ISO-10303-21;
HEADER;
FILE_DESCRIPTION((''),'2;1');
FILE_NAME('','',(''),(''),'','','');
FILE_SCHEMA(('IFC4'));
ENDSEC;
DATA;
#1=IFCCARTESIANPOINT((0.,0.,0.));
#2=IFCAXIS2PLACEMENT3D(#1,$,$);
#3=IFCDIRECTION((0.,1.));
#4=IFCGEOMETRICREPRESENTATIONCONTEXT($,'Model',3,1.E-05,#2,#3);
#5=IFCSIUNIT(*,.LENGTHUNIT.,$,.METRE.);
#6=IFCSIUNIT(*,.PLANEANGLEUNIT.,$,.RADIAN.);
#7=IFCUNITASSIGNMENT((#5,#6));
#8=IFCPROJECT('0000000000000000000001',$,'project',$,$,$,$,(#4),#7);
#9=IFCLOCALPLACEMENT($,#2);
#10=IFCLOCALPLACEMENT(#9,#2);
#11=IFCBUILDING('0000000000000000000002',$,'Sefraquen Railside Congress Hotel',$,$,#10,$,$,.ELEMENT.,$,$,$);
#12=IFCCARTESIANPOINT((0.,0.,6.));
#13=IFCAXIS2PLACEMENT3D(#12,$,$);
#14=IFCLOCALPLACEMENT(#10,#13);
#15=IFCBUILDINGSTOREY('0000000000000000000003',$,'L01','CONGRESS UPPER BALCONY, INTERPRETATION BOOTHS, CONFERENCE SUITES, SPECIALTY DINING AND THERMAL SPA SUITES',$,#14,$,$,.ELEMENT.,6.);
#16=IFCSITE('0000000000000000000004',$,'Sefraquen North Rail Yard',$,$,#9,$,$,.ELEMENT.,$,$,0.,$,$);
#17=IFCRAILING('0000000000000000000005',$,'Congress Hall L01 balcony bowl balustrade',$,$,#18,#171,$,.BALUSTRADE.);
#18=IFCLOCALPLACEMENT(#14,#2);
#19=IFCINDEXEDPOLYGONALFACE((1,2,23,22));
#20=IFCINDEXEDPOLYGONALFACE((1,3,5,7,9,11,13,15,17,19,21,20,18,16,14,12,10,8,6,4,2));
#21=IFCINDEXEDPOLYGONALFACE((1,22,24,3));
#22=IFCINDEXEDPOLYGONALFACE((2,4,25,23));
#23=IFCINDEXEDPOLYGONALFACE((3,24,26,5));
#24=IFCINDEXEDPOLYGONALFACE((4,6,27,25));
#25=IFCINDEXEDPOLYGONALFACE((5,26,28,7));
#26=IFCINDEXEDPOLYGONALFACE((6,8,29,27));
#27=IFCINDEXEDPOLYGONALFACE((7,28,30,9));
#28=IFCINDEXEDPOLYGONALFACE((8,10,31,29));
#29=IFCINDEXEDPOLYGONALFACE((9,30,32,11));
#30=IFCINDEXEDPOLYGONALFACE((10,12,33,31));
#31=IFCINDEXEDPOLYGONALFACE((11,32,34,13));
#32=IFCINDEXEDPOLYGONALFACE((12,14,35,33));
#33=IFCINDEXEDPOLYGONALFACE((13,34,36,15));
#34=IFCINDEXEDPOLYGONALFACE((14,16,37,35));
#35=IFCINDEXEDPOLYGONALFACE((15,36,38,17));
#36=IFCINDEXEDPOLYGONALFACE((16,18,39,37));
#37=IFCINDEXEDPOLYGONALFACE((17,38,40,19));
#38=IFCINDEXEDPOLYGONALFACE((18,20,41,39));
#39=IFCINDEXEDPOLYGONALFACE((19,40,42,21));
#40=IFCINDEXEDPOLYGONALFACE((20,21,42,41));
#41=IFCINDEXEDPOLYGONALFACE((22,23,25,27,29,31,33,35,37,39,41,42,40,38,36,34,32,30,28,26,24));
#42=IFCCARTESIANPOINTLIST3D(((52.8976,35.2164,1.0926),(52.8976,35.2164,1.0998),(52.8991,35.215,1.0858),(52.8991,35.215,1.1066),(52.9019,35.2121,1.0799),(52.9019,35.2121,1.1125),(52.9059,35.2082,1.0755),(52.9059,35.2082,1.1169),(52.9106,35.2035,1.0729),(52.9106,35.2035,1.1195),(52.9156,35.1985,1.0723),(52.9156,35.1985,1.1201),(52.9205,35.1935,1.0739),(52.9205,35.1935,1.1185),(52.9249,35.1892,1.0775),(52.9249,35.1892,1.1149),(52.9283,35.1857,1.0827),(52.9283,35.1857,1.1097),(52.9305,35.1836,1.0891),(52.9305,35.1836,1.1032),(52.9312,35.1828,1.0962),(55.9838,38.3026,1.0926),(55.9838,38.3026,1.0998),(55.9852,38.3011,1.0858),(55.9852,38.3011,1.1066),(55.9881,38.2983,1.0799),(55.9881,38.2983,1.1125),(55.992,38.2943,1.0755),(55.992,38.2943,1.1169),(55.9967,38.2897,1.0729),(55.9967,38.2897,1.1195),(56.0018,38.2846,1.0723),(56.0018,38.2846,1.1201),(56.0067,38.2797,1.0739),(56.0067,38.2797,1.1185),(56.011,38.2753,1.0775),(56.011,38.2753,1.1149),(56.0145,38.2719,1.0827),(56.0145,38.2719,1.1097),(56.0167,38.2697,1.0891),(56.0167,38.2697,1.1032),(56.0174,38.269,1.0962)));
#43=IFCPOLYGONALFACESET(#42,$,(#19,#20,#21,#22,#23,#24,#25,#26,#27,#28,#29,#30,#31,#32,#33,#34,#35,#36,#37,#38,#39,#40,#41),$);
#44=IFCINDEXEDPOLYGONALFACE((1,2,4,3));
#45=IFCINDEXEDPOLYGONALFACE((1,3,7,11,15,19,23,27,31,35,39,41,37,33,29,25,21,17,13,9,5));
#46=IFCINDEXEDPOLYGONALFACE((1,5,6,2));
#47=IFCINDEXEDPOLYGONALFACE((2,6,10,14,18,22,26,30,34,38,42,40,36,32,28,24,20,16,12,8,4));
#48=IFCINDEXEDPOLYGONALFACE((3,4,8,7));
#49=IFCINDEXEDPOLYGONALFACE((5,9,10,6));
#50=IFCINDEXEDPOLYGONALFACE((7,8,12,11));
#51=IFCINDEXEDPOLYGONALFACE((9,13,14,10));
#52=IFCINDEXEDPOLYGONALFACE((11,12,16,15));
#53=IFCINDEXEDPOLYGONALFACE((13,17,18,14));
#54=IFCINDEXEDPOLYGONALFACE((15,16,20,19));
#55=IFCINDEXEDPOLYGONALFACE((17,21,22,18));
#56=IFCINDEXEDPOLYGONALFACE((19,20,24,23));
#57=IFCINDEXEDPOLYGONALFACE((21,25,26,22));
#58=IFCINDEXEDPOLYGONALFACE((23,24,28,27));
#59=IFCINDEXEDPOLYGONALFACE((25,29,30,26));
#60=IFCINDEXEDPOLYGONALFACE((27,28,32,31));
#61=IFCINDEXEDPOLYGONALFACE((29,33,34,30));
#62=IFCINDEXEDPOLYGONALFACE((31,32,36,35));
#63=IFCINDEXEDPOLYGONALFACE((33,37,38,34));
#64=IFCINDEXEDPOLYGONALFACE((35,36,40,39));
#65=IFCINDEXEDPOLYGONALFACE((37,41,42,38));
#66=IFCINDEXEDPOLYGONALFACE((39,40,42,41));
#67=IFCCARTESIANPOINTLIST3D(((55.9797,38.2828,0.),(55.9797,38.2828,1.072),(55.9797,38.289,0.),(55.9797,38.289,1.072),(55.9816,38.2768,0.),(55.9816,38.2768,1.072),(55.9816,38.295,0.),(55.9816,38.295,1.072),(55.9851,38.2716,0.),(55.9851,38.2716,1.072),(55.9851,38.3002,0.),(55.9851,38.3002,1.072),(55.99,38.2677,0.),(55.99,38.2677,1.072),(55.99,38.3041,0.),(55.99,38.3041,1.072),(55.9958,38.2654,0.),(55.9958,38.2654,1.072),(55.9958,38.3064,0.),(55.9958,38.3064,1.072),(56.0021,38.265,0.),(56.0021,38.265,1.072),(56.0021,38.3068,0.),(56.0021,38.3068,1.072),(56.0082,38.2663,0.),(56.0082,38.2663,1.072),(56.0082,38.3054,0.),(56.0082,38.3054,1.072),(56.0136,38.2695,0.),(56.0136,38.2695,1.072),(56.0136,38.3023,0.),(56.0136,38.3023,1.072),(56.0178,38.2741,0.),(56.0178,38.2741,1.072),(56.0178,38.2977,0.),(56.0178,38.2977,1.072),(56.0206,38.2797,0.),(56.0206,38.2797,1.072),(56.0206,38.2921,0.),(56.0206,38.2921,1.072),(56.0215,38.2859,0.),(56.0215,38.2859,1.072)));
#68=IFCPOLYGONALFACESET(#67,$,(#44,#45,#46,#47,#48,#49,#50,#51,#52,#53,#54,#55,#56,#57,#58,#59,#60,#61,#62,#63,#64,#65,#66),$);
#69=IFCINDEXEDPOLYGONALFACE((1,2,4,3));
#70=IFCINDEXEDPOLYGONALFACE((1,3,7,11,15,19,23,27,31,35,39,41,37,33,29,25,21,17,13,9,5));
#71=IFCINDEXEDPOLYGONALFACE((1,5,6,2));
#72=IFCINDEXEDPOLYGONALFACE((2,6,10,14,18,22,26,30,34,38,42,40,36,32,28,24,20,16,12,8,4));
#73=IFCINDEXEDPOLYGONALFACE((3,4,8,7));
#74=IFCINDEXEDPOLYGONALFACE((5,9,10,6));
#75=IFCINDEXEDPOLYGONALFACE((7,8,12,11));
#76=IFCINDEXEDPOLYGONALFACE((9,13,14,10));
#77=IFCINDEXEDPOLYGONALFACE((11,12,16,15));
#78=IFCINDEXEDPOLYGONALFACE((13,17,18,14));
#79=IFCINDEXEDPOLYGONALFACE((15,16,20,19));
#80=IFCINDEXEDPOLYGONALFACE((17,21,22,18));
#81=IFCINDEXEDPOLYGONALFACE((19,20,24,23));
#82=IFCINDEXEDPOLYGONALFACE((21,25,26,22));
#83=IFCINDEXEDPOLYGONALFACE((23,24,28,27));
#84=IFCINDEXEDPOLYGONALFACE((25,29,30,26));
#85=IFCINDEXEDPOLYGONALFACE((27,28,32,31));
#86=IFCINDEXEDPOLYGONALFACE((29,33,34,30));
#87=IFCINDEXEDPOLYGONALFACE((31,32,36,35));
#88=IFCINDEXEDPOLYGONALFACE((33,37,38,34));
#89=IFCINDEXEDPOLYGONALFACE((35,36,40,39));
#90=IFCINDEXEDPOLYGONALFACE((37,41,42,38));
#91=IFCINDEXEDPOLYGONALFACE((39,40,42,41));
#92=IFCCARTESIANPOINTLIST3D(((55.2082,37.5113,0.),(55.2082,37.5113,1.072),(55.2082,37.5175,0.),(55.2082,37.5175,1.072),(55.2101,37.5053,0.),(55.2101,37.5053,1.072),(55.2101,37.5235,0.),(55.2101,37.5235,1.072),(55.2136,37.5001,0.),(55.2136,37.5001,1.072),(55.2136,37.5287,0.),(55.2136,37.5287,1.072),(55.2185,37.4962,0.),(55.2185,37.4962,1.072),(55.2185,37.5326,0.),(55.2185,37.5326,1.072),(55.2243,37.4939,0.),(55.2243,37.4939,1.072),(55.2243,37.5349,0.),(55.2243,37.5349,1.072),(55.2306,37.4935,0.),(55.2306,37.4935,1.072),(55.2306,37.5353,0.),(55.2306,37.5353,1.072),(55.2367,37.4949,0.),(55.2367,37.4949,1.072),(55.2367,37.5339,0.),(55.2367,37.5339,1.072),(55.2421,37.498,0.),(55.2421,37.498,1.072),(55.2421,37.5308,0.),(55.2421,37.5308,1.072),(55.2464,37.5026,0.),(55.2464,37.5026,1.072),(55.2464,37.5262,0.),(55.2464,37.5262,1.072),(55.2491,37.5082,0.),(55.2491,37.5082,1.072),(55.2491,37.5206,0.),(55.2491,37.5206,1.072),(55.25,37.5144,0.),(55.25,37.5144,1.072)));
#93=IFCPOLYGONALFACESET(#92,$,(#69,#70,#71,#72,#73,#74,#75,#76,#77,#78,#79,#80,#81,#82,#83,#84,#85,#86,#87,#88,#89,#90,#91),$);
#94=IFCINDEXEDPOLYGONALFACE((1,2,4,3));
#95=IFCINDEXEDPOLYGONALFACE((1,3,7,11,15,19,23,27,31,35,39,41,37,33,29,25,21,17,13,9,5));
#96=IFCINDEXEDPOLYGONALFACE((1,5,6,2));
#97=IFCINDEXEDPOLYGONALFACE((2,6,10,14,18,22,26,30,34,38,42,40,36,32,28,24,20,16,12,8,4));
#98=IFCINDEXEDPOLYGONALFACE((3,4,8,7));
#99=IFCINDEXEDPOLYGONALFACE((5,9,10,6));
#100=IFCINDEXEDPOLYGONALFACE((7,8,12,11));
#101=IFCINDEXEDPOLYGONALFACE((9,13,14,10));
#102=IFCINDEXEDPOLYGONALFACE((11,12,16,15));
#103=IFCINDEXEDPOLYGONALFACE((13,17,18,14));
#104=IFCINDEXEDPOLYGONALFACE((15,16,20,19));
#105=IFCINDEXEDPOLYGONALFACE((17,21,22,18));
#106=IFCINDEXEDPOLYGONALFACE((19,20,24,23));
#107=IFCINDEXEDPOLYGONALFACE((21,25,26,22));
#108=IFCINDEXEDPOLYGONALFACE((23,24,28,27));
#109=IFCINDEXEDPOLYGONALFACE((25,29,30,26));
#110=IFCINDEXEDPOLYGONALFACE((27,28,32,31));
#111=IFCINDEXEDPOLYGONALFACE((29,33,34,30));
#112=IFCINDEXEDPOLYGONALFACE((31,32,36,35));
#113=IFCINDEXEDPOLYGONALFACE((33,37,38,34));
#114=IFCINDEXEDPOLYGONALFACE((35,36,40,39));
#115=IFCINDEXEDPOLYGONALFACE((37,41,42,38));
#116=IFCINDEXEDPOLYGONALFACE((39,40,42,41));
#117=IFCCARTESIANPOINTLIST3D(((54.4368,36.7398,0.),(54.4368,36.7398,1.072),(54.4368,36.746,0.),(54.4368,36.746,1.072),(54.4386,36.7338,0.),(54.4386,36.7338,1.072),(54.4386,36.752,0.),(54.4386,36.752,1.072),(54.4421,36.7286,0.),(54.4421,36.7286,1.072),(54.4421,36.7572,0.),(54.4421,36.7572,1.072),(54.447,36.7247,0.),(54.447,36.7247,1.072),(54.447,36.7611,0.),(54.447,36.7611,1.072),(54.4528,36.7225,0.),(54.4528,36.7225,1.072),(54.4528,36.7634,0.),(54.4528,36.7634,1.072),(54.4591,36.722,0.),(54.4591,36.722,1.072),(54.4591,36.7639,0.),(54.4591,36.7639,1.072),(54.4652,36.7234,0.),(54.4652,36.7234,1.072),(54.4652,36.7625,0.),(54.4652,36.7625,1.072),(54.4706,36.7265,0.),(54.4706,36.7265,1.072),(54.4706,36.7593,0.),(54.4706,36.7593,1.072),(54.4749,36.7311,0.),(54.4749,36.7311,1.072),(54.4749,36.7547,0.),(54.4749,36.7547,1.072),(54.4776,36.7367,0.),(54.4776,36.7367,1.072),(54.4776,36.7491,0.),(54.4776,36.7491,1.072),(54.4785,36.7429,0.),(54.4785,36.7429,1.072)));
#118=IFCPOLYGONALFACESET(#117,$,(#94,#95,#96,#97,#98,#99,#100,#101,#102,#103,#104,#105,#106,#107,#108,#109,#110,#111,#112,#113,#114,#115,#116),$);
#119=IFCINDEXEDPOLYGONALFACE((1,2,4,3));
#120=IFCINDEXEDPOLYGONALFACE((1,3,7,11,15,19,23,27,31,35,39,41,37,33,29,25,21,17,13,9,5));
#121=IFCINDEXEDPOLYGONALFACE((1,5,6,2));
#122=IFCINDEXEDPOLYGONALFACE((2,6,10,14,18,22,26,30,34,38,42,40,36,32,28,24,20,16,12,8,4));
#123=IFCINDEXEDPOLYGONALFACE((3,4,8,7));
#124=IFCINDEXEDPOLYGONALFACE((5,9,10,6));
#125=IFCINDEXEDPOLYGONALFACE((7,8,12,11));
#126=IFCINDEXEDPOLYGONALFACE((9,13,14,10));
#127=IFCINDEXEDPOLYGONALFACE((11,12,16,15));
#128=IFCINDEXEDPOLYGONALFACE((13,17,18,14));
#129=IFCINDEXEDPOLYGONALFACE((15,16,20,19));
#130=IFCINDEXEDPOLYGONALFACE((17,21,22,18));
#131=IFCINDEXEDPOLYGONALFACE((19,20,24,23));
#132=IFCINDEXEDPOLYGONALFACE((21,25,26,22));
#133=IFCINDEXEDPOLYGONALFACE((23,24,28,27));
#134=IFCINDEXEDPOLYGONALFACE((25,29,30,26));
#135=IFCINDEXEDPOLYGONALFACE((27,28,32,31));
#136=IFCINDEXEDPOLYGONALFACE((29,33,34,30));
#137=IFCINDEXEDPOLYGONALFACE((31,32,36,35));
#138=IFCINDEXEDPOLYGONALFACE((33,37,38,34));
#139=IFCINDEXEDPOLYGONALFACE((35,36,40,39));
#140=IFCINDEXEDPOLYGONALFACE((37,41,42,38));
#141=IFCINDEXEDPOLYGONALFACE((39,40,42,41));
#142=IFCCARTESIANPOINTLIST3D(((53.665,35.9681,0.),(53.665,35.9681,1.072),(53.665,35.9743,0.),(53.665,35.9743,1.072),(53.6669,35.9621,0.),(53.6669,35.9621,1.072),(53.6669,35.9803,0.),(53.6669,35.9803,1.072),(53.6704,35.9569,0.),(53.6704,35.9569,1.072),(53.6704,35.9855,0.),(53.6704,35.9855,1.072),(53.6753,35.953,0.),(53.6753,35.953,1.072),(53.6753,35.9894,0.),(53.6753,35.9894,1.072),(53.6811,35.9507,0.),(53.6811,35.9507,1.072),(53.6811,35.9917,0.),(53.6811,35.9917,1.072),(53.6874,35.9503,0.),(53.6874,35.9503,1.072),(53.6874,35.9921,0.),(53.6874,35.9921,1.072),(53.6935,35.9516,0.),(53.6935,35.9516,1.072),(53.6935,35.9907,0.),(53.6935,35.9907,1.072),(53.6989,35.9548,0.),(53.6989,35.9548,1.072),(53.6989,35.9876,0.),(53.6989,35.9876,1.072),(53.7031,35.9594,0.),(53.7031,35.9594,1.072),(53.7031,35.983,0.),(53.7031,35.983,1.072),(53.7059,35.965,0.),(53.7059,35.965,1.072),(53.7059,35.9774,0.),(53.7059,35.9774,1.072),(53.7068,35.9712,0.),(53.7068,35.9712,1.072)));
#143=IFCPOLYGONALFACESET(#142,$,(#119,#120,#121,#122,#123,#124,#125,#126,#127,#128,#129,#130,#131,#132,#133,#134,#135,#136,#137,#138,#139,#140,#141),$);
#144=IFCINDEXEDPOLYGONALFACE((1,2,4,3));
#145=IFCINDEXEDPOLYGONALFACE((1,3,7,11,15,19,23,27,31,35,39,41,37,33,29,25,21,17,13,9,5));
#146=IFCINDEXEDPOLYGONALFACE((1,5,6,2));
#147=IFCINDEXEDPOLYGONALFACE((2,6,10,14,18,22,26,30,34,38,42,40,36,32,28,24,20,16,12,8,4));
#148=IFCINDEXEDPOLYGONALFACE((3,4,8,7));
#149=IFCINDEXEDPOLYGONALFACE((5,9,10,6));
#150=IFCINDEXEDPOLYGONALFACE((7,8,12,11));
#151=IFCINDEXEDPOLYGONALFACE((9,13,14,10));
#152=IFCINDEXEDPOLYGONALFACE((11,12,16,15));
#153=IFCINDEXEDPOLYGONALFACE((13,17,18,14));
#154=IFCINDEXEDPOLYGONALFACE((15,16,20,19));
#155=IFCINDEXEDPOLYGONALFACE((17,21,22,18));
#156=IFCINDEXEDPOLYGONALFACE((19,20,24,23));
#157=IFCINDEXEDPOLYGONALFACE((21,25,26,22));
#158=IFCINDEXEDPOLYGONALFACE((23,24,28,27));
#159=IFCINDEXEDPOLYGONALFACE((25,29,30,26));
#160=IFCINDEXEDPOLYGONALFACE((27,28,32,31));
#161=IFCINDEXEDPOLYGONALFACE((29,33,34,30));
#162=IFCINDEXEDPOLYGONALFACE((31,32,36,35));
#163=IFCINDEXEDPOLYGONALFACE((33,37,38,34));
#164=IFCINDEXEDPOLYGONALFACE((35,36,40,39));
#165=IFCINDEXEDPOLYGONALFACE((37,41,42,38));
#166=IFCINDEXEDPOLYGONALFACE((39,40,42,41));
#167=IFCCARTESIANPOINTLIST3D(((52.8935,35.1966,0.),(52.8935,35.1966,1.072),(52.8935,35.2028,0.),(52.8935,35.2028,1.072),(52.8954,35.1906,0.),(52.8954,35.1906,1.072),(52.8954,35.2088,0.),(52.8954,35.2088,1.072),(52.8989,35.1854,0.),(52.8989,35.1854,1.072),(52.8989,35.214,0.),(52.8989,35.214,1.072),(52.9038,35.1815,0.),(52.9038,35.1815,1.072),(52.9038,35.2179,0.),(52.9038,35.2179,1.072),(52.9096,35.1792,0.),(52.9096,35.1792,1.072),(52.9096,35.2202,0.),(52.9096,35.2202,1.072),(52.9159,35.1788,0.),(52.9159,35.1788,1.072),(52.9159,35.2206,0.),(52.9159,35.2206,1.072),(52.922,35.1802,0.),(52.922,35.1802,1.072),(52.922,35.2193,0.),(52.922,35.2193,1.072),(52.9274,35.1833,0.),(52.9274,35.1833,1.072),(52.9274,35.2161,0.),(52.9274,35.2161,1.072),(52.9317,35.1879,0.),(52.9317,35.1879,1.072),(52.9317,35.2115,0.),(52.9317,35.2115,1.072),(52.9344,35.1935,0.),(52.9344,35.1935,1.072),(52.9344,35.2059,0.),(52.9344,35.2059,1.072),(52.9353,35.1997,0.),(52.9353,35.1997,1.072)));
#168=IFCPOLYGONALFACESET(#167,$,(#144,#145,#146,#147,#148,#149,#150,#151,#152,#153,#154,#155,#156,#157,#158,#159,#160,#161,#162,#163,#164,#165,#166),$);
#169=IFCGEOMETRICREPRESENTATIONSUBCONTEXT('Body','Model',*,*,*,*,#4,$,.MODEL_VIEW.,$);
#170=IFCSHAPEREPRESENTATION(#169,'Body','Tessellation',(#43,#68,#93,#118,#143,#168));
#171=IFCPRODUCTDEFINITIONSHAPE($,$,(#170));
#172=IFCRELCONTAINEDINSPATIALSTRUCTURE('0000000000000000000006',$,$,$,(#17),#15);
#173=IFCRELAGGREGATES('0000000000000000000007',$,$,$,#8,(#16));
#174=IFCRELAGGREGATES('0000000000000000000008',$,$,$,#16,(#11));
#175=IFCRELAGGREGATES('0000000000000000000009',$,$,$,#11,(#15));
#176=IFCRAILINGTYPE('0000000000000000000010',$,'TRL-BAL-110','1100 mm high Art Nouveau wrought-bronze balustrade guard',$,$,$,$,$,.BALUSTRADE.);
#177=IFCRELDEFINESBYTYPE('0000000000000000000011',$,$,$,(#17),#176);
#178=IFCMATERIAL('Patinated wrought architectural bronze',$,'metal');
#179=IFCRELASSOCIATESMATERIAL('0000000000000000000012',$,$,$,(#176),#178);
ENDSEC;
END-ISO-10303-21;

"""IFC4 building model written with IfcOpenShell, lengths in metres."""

from ifc_helpers import new_model, si_unit, direction, frame, origin, origin_2d, place, context, subcontext, project, spatial, circle, extrude, material, type_object, element, save


model = new_model("IFC4")

# Units and contexts
model_context = context("Model", 3, precision=1e-05, world=origin(), true_north=direction((0.0, 1.0)))
body_context = subcontext(model_context, "Body", "Model", "MODEL_VIEW")
ifc_project = project(units=[si_unit("LENGTHUNIT", "METRE"), si_unit("PLANEANGLEUNIT", "RADIAN")], contexts=[model_context])

# Site, building, storey
site_placement = place(None, origin())
site = spatial("IfcSite", under=ifc_project, at=site_placement, Name="Sefraquen North Rail Yard", CompositionType="ELEMENT", RefElevation=0.0)
building_placement = place(site_placement, origin())
building = spatial("IfcBuilding", under=site, at=building_placement, Name="Sefraquen Railside Congress Hotel", CompositionType="ELEMENT")
storey_placement = place(building_placement, frame((0.0, 0.0, 6.0)))
storey = spatial("IfcBuildingStorey", under=building, at=storey_placement, Name="L01", Description="CONGRESS UPPER BALCONY, INTERPRETATION BOOTHS, CONFERENCE SUITES, SPECIALTY DINING AND THERMAL SPA SUITES", CompositionType="ELEMENT", Elevation=6.0)

# Railing
ifc_material_1 = material(Name="Patinated wrought architectural bronze", Category="metal")
railing_type = type_object("IfcRailingType", Name="TRL-BAL-110", Description="1100 mm high Art Nouveau wrought-bronze balustrade guard", PredefinedType="BALUSTRADE", material=ifc_material_1)
railing_1_placement = place(storey_placement, frame((56.0005, 38.2859, 0.0)))
element("IfcRailing", 1, at=railing_1_placement, inside=storey, type_object=railing_type, Name="Congress Hall L01 balcony bowl balustrade", PredefinedType="BALUSTRADE", context=body_context, shape_type="SweptSolid", body=[
    extrude(circle(Radius=0.0239, at=origin_2d()), frame((0.0, 0.0, 1.0962), z_axis=(-0.707107, -0.707107, 0.0), x_axis=(0.707107, -0.707107, 0.0)), (0.0, 0.0, 1.0), 4.3645),
    extrude(circle(Radius=0.021, at=origin_2d()), origin(), (0.0, 0.0, 1.0), 1.072),
    extrude(circle(Radius=0.021, at=origin_2d()), frame((-0.7715, -0.7715, 0.0)), (0.0, 0.0, 1.0), 1.072),
    extrude(circle(Radius=0.021, at=origin_2d()), frame((-1.543, -1.543, 0.0)), (0.0, 0.0, 1.0), 1.072),
    extrude(circle(Radius=0.021, at=origin_2d()), frame((-2.3147, -2.3147, 0.0)), (0.0, 0.0, 1.0), 1.072),
    extrude(circle(Radius=0.021, at=origin_2d()), frame((-3.0862, -3.0862, 0.0)), (0.0, 0.0, 1.0), 1.072),
])

save(model, "model.ifc")
